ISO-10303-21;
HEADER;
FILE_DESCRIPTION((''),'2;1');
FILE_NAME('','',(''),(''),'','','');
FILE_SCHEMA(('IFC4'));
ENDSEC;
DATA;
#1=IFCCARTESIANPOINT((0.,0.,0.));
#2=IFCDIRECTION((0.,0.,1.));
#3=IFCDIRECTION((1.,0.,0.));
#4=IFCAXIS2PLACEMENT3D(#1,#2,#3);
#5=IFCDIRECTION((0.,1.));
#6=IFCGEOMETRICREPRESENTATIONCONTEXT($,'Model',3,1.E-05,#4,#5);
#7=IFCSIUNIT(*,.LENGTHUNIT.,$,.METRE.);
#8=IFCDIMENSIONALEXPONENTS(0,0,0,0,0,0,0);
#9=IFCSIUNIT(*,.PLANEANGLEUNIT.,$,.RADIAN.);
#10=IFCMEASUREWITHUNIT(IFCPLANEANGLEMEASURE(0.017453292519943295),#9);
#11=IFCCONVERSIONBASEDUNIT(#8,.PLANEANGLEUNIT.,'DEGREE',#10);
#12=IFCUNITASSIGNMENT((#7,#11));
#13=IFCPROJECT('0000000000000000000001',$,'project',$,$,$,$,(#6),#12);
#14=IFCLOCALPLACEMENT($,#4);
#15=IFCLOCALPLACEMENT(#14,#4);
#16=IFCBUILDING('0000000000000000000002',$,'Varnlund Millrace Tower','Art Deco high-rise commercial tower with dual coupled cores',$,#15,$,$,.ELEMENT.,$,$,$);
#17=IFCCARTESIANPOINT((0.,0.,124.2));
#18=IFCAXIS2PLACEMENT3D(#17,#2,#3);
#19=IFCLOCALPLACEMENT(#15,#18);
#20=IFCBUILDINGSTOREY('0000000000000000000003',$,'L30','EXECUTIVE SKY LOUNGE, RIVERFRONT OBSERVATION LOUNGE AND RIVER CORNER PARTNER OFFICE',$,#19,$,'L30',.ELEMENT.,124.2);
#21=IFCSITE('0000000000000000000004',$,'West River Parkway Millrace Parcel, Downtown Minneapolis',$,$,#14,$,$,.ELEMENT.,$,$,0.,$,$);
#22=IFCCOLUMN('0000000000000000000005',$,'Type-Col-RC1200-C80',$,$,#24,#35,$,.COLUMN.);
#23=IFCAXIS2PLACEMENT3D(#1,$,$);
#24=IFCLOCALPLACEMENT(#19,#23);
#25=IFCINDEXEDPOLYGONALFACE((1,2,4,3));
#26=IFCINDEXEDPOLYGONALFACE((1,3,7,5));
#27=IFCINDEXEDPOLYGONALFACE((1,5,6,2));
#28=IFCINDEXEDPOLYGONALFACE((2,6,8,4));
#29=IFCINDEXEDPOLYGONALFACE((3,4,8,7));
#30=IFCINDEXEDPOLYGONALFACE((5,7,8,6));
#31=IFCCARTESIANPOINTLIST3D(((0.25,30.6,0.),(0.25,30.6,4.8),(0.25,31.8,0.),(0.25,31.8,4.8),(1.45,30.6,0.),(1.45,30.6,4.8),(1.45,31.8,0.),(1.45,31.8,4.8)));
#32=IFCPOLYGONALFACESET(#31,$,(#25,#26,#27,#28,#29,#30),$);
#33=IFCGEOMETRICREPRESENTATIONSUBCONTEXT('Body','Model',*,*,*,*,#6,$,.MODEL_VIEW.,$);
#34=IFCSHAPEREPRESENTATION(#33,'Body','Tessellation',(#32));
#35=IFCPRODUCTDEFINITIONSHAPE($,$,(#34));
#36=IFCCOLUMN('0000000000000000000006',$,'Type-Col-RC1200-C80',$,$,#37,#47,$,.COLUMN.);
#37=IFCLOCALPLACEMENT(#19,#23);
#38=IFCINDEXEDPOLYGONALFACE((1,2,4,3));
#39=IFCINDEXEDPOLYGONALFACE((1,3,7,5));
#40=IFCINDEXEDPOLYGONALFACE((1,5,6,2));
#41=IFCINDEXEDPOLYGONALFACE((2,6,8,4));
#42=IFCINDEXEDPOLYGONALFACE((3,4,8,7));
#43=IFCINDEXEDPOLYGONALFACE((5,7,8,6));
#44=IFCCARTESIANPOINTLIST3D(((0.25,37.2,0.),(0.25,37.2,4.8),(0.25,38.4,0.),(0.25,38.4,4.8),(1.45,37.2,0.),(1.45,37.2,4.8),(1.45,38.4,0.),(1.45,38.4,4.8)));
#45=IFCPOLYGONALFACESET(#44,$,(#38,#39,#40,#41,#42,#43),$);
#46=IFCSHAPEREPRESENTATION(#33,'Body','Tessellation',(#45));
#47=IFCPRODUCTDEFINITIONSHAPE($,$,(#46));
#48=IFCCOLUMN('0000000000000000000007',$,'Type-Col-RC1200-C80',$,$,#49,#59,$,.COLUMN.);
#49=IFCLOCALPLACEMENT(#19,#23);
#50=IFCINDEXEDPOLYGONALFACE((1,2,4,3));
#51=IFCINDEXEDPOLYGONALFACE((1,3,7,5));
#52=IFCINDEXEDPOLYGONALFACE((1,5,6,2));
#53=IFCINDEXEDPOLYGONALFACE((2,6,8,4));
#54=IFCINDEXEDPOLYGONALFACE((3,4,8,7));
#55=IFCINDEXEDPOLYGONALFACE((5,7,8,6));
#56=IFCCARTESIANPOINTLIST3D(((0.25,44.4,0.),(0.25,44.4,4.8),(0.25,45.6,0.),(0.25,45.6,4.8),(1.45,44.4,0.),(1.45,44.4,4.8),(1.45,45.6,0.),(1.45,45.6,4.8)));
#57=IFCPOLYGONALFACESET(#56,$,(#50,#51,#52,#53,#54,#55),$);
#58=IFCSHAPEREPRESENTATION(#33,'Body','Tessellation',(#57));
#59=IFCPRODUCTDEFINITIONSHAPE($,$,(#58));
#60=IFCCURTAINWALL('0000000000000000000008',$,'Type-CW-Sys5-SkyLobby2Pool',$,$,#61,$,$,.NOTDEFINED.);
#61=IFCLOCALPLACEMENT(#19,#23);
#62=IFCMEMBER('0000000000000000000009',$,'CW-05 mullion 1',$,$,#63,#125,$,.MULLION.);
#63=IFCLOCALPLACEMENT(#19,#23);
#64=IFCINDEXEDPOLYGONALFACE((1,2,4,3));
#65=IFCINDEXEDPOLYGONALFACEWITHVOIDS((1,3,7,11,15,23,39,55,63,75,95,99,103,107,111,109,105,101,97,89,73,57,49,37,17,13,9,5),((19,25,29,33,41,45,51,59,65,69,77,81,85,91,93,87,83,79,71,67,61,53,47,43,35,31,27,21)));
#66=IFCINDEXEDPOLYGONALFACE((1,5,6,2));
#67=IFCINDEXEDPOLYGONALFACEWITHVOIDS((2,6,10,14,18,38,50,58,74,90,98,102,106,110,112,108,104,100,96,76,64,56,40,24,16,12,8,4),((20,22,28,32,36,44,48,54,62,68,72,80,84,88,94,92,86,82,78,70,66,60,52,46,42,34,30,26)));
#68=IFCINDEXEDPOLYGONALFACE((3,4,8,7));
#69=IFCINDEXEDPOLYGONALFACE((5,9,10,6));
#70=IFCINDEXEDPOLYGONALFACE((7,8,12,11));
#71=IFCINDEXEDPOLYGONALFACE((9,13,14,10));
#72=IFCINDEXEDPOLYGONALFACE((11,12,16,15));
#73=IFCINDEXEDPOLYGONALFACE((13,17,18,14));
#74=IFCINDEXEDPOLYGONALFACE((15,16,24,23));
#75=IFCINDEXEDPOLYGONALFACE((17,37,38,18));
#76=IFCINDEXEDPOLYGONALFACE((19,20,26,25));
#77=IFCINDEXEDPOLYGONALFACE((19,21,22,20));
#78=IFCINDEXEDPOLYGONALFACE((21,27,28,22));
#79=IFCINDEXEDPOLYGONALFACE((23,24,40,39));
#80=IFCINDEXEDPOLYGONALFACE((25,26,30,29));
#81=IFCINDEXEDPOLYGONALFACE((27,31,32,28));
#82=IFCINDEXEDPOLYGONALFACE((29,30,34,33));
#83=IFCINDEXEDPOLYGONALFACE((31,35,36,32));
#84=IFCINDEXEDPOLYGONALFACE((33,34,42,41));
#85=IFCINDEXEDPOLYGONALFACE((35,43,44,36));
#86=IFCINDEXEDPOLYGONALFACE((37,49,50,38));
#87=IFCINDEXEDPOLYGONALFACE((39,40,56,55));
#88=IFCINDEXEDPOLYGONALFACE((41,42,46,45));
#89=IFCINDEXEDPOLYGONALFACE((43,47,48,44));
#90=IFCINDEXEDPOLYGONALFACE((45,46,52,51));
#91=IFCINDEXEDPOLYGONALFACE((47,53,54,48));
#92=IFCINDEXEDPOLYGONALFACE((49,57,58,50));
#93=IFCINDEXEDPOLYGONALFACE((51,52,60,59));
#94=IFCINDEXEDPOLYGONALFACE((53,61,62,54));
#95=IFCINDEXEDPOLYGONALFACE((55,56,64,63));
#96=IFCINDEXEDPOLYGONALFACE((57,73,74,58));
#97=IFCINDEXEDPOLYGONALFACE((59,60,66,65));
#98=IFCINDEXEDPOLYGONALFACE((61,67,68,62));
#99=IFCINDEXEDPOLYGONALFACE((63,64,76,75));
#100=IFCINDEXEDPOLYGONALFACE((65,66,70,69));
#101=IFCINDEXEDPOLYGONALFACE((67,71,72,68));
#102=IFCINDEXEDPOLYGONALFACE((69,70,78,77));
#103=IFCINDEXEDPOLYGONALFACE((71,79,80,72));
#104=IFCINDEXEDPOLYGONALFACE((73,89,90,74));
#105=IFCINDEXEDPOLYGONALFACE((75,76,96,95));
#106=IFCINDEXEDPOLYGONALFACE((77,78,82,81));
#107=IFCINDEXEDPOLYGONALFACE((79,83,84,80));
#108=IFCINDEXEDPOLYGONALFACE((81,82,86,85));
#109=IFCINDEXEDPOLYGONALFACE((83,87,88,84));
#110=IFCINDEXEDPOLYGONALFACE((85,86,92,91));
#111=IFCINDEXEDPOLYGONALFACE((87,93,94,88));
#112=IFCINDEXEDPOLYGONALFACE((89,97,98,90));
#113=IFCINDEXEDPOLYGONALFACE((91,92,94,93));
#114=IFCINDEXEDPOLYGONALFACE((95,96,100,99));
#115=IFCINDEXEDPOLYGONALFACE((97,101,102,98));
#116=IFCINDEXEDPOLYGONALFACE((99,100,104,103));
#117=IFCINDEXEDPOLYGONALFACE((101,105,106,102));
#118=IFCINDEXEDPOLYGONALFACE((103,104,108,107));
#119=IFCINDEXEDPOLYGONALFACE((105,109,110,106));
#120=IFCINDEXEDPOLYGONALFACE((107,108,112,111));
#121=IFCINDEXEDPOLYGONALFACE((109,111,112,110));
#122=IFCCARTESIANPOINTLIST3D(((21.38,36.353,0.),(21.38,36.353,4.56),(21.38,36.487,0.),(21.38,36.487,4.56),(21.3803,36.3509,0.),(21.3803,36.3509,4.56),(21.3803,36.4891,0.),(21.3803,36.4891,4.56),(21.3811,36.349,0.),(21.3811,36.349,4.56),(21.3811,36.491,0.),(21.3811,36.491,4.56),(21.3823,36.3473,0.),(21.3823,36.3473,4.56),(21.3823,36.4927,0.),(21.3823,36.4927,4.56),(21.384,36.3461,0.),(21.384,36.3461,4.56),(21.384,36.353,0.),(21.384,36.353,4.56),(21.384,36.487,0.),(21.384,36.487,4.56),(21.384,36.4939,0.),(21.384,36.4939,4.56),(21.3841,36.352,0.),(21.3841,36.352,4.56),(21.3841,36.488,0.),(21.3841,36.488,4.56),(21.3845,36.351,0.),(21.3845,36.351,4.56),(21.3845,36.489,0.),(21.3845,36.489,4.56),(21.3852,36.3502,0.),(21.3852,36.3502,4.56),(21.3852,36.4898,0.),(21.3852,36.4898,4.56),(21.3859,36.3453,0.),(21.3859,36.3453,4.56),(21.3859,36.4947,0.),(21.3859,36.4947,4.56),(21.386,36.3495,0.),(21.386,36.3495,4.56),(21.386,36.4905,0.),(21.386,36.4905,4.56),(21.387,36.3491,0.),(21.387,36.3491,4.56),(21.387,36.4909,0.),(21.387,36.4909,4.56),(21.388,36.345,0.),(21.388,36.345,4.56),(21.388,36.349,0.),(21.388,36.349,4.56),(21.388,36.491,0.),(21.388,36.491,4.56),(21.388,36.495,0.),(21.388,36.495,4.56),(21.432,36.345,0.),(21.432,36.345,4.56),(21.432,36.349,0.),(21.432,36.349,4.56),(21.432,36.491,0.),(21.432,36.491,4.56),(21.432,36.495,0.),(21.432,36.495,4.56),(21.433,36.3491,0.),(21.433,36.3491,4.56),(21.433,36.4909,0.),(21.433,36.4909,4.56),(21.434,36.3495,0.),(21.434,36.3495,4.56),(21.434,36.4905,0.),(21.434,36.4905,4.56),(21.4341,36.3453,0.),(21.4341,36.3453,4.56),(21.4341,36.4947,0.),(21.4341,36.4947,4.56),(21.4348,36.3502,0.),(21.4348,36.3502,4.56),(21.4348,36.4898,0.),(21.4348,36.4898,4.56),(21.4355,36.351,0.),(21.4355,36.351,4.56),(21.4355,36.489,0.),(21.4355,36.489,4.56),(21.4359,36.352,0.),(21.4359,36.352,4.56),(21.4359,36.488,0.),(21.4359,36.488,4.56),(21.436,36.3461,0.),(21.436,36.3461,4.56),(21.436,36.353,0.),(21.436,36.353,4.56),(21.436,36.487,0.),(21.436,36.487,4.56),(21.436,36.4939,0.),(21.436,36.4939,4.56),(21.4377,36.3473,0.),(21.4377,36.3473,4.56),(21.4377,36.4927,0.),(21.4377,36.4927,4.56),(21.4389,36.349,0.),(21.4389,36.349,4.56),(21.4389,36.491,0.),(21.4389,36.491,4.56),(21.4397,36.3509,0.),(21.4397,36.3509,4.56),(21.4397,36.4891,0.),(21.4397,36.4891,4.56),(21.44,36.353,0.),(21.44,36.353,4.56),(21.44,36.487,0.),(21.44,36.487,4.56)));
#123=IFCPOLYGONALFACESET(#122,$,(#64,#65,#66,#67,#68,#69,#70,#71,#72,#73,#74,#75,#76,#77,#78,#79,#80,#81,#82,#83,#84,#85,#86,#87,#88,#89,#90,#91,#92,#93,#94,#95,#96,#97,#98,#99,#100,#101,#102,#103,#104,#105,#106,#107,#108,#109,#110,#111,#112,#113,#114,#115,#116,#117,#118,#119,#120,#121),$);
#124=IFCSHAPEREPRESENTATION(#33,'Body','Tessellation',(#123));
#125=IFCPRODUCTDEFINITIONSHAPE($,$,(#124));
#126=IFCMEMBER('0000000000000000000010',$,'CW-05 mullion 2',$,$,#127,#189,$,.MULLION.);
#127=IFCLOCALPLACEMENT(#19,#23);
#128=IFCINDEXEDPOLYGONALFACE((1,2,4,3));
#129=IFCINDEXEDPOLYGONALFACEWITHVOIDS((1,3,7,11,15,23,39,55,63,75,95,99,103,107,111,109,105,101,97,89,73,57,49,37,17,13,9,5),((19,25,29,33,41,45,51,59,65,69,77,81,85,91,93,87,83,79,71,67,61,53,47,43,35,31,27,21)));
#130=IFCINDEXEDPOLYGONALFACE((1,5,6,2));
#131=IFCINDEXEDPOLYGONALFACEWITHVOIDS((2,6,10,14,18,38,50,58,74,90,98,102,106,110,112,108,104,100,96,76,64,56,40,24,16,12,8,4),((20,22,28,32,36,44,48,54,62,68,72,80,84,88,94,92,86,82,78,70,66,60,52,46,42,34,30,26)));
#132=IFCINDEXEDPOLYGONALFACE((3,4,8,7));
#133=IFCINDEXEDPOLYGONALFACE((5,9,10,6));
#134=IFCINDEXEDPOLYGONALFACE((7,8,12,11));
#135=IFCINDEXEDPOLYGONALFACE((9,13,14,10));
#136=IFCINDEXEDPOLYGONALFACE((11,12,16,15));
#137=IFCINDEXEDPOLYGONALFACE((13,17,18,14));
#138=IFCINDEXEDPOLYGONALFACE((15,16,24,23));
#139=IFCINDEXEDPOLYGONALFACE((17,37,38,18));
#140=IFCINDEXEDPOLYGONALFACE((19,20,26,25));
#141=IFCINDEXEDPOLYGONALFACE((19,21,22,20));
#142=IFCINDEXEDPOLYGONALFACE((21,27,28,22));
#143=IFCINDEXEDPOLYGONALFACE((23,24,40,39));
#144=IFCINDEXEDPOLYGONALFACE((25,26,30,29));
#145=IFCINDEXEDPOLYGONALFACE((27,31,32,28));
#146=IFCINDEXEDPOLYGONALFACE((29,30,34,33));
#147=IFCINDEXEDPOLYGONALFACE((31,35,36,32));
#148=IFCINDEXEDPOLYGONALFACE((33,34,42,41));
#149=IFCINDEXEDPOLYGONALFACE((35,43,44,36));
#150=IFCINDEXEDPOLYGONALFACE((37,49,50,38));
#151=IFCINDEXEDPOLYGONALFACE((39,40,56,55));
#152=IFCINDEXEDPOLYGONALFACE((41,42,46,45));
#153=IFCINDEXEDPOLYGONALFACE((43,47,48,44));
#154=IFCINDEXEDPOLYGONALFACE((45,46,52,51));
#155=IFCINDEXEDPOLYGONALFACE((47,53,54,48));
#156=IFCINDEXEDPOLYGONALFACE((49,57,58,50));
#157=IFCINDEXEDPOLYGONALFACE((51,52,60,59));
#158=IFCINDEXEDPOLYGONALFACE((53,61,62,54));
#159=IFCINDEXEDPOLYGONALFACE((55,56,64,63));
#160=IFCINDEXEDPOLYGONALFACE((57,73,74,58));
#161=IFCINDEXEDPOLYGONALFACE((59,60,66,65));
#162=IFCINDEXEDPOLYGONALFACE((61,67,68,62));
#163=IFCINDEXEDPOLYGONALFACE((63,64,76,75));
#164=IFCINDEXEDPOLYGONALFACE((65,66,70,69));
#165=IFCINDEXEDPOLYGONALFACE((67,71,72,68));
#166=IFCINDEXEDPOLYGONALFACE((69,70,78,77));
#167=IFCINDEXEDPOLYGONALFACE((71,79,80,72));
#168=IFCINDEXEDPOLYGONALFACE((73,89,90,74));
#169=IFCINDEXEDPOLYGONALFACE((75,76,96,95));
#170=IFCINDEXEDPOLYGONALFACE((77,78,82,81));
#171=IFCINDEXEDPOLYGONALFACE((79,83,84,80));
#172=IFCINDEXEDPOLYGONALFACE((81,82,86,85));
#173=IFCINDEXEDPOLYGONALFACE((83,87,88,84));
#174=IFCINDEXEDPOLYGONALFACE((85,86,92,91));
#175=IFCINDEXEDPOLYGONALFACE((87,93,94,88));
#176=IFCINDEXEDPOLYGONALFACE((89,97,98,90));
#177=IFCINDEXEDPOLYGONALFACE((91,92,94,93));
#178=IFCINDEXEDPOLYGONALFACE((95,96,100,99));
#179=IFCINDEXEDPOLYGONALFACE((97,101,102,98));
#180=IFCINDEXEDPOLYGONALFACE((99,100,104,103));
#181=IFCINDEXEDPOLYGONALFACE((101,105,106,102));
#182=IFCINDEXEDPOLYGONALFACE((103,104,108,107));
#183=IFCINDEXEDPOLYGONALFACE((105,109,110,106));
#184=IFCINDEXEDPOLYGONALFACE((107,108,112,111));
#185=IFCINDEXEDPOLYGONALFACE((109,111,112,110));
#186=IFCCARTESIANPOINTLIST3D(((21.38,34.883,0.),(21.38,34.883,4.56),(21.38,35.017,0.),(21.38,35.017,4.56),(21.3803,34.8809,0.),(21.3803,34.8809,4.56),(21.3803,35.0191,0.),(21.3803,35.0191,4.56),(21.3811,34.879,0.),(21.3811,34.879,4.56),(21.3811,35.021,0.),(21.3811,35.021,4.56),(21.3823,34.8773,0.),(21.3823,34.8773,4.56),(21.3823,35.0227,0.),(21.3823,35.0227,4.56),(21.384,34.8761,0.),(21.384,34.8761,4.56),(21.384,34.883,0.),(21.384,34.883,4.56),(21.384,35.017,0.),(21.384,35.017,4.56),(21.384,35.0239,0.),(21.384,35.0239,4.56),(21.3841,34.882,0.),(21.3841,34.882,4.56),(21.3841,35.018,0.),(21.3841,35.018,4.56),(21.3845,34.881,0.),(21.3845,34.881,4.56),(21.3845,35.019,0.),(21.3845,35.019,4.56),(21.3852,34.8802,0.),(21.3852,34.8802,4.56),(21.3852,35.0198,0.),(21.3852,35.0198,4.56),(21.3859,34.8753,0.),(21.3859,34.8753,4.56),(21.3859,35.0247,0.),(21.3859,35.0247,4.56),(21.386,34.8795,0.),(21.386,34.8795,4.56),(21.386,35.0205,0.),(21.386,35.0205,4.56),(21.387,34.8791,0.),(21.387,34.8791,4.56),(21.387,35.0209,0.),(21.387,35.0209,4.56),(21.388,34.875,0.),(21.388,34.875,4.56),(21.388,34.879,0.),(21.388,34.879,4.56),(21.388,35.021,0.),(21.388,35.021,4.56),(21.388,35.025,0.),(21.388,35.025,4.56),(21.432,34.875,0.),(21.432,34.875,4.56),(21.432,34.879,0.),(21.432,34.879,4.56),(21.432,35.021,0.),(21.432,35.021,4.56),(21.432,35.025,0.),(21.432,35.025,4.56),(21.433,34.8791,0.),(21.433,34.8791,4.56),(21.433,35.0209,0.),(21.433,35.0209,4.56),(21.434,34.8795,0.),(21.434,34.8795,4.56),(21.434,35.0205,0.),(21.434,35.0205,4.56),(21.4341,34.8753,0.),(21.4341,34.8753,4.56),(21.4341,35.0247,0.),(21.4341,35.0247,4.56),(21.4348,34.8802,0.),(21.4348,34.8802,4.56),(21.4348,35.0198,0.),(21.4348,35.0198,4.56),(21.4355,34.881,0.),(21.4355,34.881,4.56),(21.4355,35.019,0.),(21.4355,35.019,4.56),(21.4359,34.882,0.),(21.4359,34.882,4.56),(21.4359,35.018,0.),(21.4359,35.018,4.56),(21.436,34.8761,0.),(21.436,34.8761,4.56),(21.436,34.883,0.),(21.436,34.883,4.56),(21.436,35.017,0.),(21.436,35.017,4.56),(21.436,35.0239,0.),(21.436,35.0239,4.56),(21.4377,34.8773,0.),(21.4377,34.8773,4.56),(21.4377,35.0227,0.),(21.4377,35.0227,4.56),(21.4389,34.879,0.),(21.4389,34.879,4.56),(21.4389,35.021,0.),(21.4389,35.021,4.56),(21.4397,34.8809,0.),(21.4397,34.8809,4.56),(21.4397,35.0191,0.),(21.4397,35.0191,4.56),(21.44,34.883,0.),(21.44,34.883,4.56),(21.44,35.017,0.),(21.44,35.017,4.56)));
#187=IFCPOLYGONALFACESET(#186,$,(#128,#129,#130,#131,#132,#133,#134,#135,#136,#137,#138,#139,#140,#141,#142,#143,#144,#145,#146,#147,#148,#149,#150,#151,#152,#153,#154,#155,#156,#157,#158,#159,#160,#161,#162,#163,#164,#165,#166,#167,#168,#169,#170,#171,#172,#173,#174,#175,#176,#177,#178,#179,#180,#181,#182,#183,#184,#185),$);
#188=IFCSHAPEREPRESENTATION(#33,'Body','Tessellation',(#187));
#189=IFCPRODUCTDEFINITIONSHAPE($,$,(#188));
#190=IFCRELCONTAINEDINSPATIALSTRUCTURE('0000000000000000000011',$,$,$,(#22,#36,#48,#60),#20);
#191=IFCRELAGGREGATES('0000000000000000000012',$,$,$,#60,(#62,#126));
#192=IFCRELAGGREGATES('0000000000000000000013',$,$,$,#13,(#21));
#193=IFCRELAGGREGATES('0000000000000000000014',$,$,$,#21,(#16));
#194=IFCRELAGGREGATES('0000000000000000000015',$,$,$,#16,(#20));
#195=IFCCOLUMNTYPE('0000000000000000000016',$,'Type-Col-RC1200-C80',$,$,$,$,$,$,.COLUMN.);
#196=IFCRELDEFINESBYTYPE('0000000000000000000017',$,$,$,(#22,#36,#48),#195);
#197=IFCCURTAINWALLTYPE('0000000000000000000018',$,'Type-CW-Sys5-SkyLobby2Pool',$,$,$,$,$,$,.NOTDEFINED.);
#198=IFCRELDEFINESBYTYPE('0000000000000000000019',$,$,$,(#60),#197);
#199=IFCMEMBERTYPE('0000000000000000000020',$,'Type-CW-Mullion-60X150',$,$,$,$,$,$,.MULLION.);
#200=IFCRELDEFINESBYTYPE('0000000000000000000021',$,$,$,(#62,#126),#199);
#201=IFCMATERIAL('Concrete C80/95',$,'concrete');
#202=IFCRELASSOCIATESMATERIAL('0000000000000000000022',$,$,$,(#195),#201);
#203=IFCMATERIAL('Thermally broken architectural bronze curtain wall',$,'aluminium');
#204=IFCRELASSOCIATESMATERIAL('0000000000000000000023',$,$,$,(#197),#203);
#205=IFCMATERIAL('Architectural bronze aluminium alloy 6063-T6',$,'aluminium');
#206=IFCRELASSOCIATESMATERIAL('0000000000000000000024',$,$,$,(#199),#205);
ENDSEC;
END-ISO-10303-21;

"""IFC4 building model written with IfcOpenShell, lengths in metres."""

from ifc_helpers import new_model, entity, si_unit, converted_unit, direction, frame, origin_with_axes, origin_2d_with_axis, place, context, subcontext, project, spatial, rectangle, hollow_rectangle, extrude, material, material_profile, profile_set, type_object, element, aggregate, save


model = new_model("IFC4")

# Units and contexts
model_context = context("Model", 3, precision=1e-05, world=origin_with_axes(), true_north=direction((0.0, 1.0)))
body_context = subcontext(model_context, "Body", "Model", "MODEL_VIEW")
ifc_project = project(units=[si_unit("LENGTHUNIT", "METRE"), converted_unit("PLANEANGLEUNIT", "DEGREE", entity("IfcPlaneAngleMeasure", 0.017453292519943295), si_unit("PLANEANGLEUNIT", "RADIAN"), dimensions=[0, 0, 0, 0, 0, 0, 0])], contexts=[model_context])

# Site, building, storey
site_placement = place(None, origin_with_axes())
site = spatial("IfcSite", under=ifc_project, at=site_placement, Name="West River Parkway Millrace Parcel, Downtown Minneapolis", CompositionType="ELEMENT", RefElevation=0.0)
building_placement = place(site_placement, origin_with_axes())
building = spatial("IfcBuilding", under=site, at=building_placement, Name="Varnlund Millrace Tower", Description="Art Deco high-rise commercial tower with dual coupled cores", CompositionType="ELEMENT")
storey_placement = place(building_placement, frame((0.0, 0.0, 124.2), z_axis=(0.0, 0.0, 1.0), x_axis=(1.0, 0.0, 0.0)))
storey = spatial("IfcBuildingStorey", under=building, at=storey_placement, Name="L30", Description="EXECUTIVE SKY LOUNGE, RIVERFRONT OBSERVATION LOUNGE AND RIVER CORNER PARTNER OFFICE", LongName="L30", CompositionType="ELEMENT", Elevation=124.2)

# Columns
ifc_material_1 = material(Name="Concrete C80/95", Category="concrete")
ifc_material_profile_1 = material_profile(ifc_material_1, rectangle(XDim=1.2, YDim=1.2, at=origin_2d_with_axis()), Name="Concrete C80/95")
ifc_profile_set_1 = profile_set([ifc_material_profile_1], Name="Concrete C80/95")
column_type = type_object("IfcColumnType", Name="Type-Col-RC1200-C80", PredefinedType="COLUMN", material=ifc_profile_set_1)
for number, where, z_axis, x_axis, name in (
    (1, (0.85, 31.2, 0.0), (0.0, 0.0, 1.0), (1.0, 0.0, 0.0), "Type-Col-RC1200-C80"),
    (2, (0.85, 37.8, 0.0), (0.0, 0.0, 1.0), (1.0, 0.0, 0.0), "Type-Col-RC1200-C80"),
    (3, (0.85, 45.0, 0.0), (0.0, 0.0, 1.0), (1.0, 0.0, 0.0), "Type-Col-RC1200-C80"),
):
    element("IfcColumn", number, at=place(storey_placement, frame(where, z_axis=z_axis, x_axis=x_axis)), inside=storey, type_object=column_type, Name=name, PredefinedType="COLUMN", context=body_context, shape_type="SweptSolid", body=[
        extrude(rectangle(XDim=1.2, YDim=1.2, at=origin_2d_with_axis()), origin_with_axes(), (0.0, 0.0, 1.0), 4.8),
    ])

# Curtain wall, members
ifc_material_2 = material(Name="Thermally broken architectural bronze curtain wall", Category="aluminium")
curtain_wall_type = type_object("IfcCurtainWallType", Name="Type-CW-Sys5-SkyLobby2Pool", PredefinedType="NOTDEFINED", material=ifc_material_2)
curtain_wall_1_placement = place(storey_placement, frame((21.41, 36.45, 0.0), z_axis=(0.0, 0.0, 1.0), x_axis=(1.0, 0.0, 0.0)))
curtain_wall_1 = element("IfcCurtainWall", 4, at=curtain_wall_1_placement, inside=storey, type_object=curtain_wall_type, Name="Type-CW-Sys5-SkyLobby2Pool", PredefinedType="NOTDEFINED")
ifc_material_3 = material(Name="Architectural bronze aluminium alloy 6063-T6", Category="aluminium")
ifc_material_profile_2 = material_profile(ifc_material_3, hollow_rectangle(XDim=0.06, YDim=0.15, WallThickness=0.004, InnerFilletRadius=0.004, OuterFilletRadius=0.008, at=origin_2d_with_axis()), Name="Architectural bronze aluminium alloy 6063-T6")
ifc_profile_set_2 = profile_set([ifc_material_profile_2], Name="Architectural bronze aluminium alloy 6063-T6")
member_type = type_object("IfcMemberType", Name="Type-CW-Mullion-60X150", PredefinedType="MULLION", material=ifc_profile_set_2)
member_1_placement = place(storey_placement, frame((21.41, 36.42, 0.0), z_axis=(0.0, 0.0, 1.0), x_axis=(1.0, 0.0, 0.0)))
member_1 = element("IfcMember", 5, at=member_1_placement, type_object=member_type, Name="CW-05 mullion 1", PredefinedType="MULLION", context=body_context, shape_type="SweptSolid", body=[
    extrude(hollow_rectangle(XDim=0.06, YDim=0.15, WallThickness=0.004, InnerFilletRadius=0.004, OuterFilletRadius=0.008, at=origin_2d_with_axis()), origin_with_axes(), (0.0, 0.0, 1.0), 4.56),
])
member_2_placement = place(storey_placement, frame((21.41, 34.95, 0.0), z_axis=(0.0, 0.0, 1.0), x_axis=(1.0, 0.0, 0.0)))
member_2 = element("IfcMember", 6, at=member_2_placement, type_object=member_type, Name="CW-05 mullion 2", PredefinedType="MULLION", context=body_context, shape_type="SweptSolid", body=[
    extrude(hollow_rectangle(XDim=0.06, YDim=0.15, WallThickness=0.004, InnerFilletRadius=0.004, OuterFilletRadius=0.008, at=origin_2d_with_axis()), origin_with_axes(), (0.0, 0.0, 1.0), 4.56),
])
aggregate(curtain_wall_1, [member_1, member_2])

save(model, "model.ifc")
